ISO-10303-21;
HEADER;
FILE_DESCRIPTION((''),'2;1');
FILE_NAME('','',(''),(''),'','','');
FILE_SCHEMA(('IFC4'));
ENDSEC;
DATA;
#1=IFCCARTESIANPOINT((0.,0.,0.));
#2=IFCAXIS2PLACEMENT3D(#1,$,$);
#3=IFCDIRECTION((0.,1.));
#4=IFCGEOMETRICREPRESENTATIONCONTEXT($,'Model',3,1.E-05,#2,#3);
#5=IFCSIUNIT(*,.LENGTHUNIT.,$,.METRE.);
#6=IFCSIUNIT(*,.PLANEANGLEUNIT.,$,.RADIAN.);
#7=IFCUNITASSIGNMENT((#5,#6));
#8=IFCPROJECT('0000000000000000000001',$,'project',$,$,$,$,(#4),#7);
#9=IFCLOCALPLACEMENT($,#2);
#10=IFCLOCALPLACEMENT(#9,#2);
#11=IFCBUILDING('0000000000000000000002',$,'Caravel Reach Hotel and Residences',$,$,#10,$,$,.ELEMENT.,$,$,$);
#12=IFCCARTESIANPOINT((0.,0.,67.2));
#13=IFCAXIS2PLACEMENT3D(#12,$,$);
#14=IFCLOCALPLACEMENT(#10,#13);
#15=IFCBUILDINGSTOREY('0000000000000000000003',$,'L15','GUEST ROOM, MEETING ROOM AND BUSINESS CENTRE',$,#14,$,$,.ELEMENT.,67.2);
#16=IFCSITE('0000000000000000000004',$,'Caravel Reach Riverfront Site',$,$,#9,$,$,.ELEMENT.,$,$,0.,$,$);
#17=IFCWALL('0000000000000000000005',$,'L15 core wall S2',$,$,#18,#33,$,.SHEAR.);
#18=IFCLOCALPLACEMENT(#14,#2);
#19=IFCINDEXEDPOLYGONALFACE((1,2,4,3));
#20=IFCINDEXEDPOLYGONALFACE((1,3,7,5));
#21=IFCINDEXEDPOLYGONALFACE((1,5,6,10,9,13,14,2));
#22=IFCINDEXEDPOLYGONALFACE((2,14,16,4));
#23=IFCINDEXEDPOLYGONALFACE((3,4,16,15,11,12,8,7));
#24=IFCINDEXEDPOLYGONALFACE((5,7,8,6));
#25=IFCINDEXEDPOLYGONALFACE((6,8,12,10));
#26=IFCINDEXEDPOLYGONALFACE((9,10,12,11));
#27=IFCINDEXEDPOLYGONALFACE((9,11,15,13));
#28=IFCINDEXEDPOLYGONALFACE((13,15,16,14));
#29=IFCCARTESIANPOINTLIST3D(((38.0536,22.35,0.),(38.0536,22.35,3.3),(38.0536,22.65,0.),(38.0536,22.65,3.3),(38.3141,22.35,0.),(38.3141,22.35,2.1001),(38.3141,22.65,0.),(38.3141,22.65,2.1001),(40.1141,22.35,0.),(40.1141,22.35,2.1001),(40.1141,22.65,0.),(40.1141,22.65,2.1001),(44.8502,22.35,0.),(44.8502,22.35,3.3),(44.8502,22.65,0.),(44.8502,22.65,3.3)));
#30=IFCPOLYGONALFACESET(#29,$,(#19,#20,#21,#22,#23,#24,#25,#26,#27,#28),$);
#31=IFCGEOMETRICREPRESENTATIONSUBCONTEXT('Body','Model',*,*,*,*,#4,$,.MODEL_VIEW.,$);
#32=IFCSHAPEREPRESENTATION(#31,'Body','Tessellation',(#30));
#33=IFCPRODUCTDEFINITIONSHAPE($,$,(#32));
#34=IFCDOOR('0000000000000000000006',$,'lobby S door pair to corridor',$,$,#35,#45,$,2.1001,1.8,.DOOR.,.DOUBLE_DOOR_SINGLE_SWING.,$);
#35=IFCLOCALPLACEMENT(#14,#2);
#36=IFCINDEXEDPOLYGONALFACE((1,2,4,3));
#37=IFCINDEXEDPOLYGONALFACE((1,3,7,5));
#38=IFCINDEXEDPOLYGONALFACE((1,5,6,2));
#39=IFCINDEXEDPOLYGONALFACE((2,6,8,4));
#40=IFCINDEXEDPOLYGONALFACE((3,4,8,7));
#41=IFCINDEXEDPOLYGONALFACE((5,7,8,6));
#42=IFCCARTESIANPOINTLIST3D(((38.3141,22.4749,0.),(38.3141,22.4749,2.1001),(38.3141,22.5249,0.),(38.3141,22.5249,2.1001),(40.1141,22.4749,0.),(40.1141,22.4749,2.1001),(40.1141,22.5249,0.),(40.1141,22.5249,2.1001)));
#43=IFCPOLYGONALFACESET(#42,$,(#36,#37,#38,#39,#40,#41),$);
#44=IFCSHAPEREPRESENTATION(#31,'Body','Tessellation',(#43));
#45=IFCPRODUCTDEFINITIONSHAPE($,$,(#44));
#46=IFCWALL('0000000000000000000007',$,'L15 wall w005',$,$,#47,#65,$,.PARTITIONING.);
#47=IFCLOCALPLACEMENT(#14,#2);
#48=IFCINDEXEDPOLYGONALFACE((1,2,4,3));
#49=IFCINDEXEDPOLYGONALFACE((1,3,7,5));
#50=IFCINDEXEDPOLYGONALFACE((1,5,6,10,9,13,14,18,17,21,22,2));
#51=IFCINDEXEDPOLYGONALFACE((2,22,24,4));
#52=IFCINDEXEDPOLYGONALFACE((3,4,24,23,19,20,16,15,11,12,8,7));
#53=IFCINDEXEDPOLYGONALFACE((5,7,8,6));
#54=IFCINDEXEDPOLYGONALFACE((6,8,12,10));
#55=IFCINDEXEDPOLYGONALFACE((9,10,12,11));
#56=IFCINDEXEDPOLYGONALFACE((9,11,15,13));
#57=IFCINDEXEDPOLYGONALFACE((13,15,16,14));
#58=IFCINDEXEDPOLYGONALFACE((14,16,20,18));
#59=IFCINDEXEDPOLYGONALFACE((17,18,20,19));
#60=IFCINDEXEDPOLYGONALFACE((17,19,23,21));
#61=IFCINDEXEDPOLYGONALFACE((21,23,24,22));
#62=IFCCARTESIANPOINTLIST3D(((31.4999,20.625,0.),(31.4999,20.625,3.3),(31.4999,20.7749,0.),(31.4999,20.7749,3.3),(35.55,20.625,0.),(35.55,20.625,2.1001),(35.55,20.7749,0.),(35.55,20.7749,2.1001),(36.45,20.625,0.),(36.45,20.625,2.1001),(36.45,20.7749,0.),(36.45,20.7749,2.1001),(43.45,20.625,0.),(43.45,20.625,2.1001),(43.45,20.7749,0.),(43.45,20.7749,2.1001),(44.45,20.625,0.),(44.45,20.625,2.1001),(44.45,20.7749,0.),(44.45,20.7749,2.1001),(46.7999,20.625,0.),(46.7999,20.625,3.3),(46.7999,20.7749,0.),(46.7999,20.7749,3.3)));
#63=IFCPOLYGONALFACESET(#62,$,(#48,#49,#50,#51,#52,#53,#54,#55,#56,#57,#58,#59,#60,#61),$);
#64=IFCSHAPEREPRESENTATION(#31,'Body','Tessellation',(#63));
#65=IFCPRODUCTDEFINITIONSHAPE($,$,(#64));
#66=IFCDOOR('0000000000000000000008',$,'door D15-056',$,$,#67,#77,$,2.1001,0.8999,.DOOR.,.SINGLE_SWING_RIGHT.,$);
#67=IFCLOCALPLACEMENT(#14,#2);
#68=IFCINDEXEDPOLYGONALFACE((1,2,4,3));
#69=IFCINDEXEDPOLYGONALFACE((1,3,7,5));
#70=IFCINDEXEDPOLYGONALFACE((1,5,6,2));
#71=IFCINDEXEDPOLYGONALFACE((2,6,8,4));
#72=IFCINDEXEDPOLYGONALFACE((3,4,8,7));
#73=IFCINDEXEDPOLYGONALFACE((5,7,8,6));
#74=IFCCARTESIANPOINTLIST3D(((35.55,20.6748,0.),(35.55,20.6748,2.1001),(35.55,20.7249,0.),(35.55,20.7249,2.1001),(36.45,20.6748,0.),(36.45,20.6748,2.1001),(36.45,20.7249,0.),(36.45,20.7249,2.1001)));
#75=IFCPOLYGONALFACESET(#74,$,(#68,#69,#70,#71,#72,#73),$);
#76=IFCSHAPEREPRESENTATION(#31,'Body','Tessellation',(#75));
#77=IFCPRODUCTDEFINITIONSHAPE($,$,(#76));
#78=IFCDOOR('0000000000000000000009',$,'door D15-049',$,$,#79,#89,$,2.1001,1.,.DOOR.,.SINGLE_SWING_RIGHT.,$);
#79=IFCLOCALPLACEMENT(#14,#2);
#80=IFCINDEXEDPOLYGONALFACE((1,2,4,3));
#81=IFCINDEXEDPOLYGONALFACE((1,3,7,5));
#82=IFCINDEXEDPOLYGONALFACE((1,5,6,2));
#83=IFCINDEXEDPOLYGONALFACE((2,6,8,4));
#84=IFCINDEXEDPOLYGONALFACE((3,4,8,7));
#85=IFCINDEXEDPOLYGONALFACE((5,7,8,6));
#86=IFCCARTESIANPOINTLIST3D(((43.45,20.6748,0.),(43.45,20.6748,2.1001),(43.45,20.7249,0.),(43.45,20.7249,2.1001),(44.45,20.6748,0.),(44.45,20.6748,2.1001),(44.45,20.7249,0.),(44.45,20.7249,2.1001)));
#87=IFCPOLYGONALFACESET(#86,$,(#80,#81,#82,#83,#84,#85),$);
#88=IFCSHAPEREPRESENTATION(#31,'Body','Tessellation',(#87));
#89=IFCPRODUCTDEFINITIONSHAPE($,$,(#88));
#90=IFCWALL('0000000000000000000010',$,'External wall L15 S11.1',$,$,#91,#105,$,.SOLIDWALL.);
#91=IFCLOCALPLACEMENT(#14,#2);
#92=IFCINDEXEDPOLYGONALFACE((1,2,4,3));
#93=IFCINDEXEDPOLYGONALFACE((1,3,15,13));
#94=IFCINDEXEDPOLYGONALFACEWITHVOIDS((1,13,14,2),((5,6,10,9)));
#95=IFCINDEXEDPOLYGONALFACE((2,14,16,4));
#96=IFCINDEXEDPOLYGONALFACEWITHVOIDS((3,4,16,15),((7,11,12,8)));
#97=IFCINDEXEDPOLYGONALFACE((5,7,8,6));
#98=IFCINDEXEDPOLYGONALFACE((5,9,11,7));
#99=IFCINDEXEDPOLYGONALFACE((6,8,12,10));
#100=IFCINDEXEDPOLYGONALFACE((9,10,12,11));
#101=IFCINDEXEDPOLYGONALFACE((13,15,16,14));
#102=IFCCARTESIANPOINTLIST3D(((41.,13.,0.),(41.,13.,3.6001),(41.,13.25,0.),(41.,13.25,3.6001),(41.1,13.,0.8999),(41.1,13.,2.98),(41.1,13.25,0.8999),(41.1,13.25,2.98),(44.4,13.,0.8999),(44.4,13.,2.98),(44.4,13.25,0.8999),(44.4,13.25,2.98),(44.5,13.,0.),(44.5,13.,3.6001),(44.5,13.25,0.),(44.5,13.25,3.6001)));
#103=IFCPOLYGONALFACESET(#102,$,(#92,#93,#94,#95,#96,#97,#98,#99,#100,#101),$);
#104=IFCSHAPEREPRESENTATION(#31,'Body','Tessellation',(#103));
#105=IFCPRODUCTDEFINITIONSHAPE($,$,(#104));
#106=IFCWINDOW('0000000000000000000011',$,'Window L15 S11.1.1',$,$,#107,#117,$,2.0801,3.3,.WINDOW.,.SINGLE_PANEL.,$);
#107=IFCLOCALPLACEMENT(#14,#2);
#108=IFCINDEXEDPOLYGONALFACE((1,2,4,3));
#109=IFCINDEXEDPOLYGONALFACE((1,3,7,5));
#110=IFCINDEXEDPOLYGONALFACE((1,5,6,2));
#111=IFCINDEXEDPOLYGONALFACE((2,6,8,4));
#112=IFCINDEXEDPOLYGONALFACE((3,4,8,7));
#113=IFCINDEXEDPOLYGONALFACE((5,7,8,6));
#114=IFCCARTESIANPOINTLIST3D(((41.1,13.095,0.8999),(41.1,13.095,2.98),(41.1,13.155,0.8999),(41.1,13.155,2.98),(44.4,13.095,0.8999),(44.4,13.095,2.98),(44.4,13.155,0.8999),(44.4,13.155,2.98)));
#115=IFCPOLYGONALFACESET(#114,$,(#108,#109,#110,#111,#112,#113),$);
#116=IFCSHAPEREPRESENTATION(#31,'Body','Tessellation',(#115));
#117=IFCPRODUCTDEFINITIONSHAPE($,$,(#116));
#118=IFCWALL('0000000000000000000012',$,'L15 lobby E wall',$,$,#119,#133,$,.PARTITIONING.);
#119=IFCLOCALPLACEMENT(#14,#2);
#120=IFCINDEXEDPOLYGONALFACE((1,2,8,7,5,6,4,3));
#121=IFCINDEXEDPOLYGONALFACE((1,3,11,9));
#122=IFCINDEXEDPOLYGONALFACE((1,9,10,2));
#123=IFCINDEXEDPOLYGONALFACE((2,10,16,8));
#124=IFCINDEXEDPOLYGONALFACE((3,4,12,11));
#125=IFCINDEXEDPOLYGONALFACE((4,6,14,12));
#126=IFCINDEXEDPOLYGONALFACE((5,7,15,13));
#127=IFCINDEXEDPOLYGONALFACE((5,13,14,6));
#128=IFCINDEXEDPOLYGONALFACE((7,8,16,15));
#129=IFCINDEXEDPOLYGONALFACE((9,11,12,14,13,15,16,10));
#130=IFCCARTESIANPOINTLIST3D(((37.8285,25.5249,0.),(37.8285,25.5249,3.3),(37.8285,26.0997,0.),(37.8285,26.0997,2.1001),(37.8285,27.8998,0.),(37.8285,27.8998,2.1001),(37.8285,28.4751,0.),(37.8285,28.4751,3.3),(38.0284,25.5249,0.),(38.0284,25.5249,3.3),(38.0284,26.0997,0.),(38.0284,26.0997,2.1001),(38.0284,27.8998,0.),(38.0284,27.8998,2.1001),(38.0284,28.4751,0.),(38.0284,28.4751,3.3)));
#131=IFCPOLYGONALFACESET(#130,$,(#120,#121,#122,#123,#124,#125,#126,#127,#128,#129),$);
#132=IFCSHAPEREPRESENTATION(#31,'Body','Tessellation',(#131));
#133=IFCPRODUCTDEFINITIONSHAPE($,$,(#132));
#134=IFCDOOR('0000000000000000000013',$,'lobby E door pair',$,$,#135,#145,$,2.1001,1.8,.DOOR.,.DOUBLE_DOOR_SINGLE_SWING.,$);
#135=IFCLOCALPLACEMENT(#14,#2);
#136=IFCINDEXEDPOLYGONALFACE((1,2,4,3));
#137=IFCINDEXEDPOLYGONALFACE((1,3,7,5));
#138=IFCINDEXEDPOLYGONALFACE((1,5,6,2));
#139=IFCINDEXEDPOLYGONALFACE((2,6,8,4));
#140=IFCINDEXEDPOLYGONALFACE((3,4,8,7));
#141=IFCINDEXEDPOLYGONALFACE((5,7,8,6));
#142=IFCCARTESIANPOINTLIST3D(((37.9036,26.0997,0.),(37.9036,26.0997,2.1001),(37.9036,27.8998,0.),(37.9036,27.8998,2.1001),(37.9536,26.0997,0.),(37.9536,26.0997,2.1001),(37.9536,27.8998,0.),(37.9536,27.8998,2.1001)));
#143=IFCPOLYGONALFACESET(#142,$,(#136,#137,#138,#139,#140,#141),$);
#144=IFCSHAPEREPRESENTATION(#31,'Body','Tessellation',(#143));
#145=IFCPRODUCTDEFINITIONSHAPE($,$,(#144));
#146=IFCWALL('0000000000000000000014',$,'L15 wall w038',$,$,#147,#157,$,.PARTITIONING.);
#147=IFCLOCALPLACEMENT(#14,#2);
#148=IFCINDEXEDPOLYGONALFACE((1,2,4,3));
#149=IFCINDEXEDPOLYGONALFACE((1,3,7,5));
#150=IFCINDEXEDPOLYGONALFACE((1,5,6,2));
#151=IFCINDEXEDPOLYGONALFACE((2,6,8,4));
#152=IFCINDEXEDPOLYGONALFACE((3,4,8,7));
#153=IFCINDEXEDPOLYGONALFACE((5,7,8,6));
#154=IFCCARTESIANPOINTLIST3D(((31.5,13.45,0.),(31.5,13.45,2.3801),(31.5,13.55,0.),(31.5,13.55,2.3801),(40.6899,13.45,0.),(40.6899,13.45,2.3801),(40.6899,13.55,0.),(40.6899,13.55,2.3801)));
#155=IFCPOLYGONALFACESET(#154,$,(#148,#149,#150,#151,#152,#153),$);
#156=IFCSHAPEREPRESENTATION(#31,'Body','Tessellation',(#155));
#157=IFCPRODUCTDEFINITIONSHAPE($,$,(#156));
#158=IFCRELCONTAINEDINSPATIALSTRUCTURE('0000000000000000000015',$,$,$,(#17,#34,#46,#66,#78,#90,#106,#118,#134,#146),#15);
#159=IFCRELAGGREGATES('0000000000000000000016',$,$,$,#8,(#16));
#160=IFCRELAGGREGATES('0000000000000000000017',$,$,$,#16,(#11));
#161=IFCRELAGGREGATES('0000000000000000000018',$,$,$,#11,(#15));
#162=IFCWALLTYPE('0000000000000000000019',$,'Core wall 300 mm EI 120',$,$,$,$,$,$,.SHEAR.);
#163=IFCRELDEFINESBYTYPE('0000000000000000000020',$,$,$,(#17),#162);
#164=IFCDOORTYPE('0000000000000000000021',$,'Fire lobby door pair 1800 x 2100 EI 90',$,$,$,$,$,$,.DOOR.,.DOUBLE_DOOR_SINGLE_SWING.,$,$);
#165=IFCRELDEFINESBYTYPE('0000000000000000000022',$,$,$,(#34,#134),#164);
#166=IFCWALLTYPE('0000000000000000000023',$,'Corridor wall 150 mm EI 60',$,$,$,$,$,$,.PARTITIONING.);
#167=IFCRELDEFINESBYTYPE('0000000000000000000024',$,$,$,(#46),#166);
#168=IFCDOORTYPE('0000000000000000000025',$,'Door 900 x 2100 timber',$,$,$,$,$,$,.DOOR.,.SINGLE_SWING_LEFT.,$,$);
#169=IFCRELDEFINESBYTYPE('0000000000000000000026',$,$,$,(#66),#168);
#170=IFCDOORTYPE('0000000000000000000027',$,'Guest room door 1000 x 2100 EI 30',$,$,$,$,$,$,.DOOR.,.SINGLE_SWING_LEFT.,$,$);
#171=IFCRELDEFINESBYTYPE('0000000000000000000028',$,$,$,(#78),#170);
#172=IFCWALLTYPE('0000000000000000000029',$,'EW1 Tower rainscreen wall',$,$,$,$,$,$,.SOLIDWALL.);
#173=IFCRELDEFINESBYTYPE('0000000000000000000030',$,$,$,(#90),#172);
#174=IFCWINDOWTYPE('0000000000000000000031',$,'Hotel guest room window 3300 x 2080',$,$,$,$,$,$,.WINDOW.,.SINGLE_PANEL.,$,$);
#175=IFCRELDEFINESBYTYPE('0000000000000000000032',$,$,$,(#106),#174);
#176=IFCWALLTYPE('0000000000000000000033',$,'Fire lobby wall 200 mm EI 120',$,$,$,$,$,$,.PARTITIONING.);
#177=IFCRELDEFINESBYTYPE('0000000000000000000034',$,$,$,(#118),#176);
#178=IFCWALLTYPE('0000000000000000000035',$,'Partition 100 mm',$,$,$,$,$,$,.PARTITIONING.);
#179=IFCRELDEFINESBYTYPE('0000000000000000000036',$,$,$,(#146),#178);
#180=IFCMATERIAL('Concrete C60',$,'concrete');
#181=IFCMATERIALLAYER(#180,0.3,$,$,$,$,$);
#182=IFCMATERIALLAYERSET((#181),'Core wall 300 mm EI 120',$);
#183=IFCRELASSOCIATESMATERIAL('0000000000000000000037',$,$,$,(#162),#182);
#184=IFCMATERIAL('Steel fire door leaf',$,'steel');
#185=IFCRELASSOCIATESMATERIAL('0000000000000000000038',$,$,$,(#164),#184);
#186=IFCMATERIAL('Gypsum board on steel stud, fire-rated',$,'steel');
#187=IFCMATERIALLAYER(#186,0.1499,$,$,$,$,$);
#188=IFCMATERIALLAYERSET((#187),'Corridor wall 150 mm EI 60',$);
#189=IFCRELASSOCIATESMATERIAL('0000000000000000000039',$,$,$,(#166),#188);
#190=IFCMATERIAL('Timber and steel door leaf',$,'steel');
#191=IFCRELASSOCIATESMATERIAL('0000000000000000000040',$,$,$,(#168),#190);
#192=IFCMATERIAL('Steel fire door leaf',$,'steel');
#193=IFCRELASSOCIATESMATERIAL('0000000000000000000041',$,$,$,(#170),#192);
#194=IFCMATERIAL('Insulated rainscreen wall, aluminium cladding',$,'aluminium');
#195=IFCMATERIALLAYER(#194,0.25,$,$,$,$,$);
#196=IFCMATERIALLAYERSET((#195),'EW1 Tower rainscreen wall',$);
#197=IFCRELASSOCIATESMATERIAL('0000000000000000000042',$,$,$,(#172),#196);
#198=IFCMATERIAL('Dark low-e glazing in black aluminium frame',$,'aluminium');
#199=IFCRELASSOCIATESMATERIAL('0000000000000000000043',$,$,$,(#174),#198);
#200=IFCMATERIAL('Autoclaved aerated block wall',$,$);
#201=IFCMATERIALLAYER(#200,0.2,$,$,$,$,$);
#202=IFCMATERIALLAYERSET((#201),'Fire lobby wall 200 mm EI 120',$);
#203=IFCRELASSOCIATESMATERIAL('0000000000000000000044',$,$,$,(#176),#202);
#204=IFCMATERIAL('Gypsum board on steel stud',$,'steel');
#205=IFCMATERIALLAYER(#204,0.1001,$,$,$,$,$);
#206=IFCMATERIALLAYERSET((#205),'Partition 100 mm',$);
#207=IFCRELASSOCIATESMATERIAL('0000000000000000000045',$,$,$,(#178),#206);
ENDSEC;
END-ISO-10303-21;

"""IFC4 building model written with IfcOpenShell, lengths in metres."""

from ifc_helpers import new_model, si_unit, direction, frame, frame_2d, origin, place, context, subcontext, project, spatial, rectangle, extrude, material, layer, layer_set, type_object, element, fill, save


model = new_model("IFC4")

# Units and contexts
model_context = context("Model", 3, precision=1e-05, world=origin(), true_north=direction((0.0, 1.0)))
body_context = subcontext(model_context, "Body", "Model", "MODEL_VIEW")
ifc_project = project(units=[si_unit("LENGTHUNIT", "METRE"), si_unit("PLANEANGLEUNIT", "RADIAN")], contexts=[model_context])

# Site, building, storey
site_placement = place(None, origin())
site = spatial("IfcSite", under=ifc_project, at=site_placement, Name="Caravel Reach Riverfront Site", CompositionType="ELEMENT", RefElevation=0.0)
building_placement = place(site_placement, origin())
building = spatial("IfcBuilding", under=site, at=building_placement, Name="Caravel Reach Hotel and Residences", CompositionType="ELEMENT")
storey_placement = place(building_placement, frame((0.0, 0.0, 67.2)))
storey = spatial("IfcBuildingStorey", under=building, at=storey_placement, Name="L15", Description="GUEST ROOM, MEETING ROOM AND BUSINESS CENTRE", CompositionType="ELEMENT", Elevation=67.2)

# Wall, opening, door
ifc_material_1 = material(Name="Concrete C60", Category="concrete")
ifc_layer_1 = layer(ifc_material_1, 0.3)
ifc_layer_set_1 = layer_set([ifc_layer_1], Name="Core wall 300 mm EI 120")
wall_type_1 = type_object("IfcWallType", Name="Core wall 300 mm EI 120", PredefinedType="SHEAR", material=ifc_layer_set_1)
wall_1_placement = place(storey_placement, frame((38.0535, 22.5, 0.0), z_axis=(0.0, 0.0, 1.0), x_axis=(1.0, 0.0, 0.0)))
wall_1 = element("IfcWall", 1, at=wall_1_placement, inside=storey, type_object=wall_type_1, Name="L15 core wall S2", PredefinedType="SHEAR", context=body_context, shape_type="SweptSolid", body=[
    extrude(rectangle(XDim=6.7966, YDim=0.3, at=frame_2d((3.3984, 0.0))), origin(), (0.0, 0.0, 1.0), 3.3),
])
opening_1_placement = place(wall_1_placement, frame((0.2607, 0.0, 0.0)))
opening_1 = element("IfcOpeningElement", 2, at=opening_1_placement, cuts=wall_1, PredefinedType="OPENING", context=body_context, shape_type="SweptSolid", body=[
    extrude(rectangle(XDim=1.8, YDim=2.1001, at=frame_2d((0.8999, 1.05))), frame((0.0, 0.1599, 0.0), z_axis=(0.0, -1.0, 0.0), x_axis=(1.0, 0.0, 0.0)), (0.0, 0.0, 1.0), 0.3201),
])
ifc_material_2 = material(Name="Steel fire door leaf", Category="steel")
door_type_1 = type_object("IfcDoorType", Name="Fire lobby door pair 1800 x 2100 EI 90", OperationType="DOUBLE_DOOR_SINGLE_SWING", PredefinedType="DOOR", material=ifc_material_2)
door_1_placement = place(opening_1_placement, origin())
door_1 = element("IfcDoor", 3, at=door_1_placement, inside=storey, type_object=door_type_1, Name="lobby S door pair to corridor", OperationType="DOUBLE_DOOR_SINGLE_SWING", OverallHeight=2.1001, OverallWidth=1.8, PredefinedType="DOOR", context=body_context, shape_type="SweptSolid", body=[
    extrude(rectangle(XDim=1.8, YDim=2.1001, at=frame_2d((0.8999, 1.05))), frame((0.0, 0.0249, 0.0), z_axis=(0.0, -1.0, 0.0), x_axis=(1.0, 0.0, 0.0)), (0.0, 0.0, 1.0), 0.05),
])
fill(opening_1, door_1)

# Wall, openings, doors
ifc_material_3 = material(Name="Gypsum board on steel stud, fire-rated", Category="steel")
ifc_layer_2 = layer(ifc_material_3, 0.1499)
ifc_layer_set_2 = layer_set([ifc_layer_2], Name="Corridor wall 150 mm EI 60")
wall_type_2 = type_object("IfcWallType", Name="Corridor wall 150 mm EI 60", PredefinedType="PARTITIONING", material=ifc_layer_set_2)
wall_2_placement = place(storey_placement, frame((31.5, 20.7, 0.0), z_axis=(0.0, 0.0, 1.0), x_axis=(1.0, 0.0, 0.0)))
wall_2 = element("IfcWall", 4, at=wall_2_placement, inside=storey, type_object=wall_type_2, Name="L15 wall w005", PredefinedType="PARTITIONING", context=body_context, shape_type="SweptSolid", body=[
    extrude(rectangle(XDim=15.3, YDim=0.1499, at=frame_2d((7.6499, 0.0))), origin(), (0.0, 0.0, 1.0), 3.3),
])
opening_2_placement = place(wall_2_placement, frame((11.95, 0.0, 0.0)))
opening_2 = element("IfcOpeningElement", 5, at=opening_2_placement, cuts=wall_2, PredefinedType="OPENING", context=body_context, shape_type="SweptSolid", body=[
    extrude(rectangle(XDim=1.0, YDim=2.1001, at=frame_2d((0.5, 1.05))), frame((0.0, 0.085, 0.0), z_axis=(0.0, -1.0, 0.0), x_axis=(1.0, 0.0, 0.0)), (0.0, 0.0, 1.0), 0.1699),
])
opening_3_placement = place(wall_2_placement, frame((4.05, 0.0, 0.0)))
opening_3 = element("IfcOpeningElement", 6, at=opening_3_placement, cuts=wall_2, PredefinedType="OPENING", context=body_context, shape_type="SweptSolid", body=[
    extrude(rectangle(XDim=0.8999, YDim=2.1001, at=frame_2d((0.45, 1.05))), frame((0.0, 0.085, 0.0), z_axis=(0.0, -1.0, 0.0), x_axis=(1.0, 0.0, 0.0)), (0.0, 0.0, 1.0), 0.1699),
])
ifc_material_4 = material(Name="Timber and steel door leaf", Category="steel")
door_type_2 = type_object("IfcDoorType", Name="Door 900 x 2100 timber", OperationType="SINGLE_SWING_LEFT", PredefinedType="DOOR", material=ifc_material_4)
door_2_placement = place(opening_3_placement, origin())
door_2 = element("IfcDoor", 7, at=door_2_placement, inside=storey, type_object=door_type_2, Name="door D15-056", OperationType="SINGLE_SWING_RIGHT", OverallHeight=2.1001, OverallWidth=0.8999, PredefinedType="DOOR", context=body_context, shape_type="SweptSolid", body=[
    extrude(rectangle(XDim=0.8999, YDim=2.1001, at=frame_2d((0.45, 1.05))), frame((0.0, 0.0249, 0.0), z_axis=(0.0, -1.0, 0.0), x_axis=(1.0, 0.0, 0.0)), (0.0, 0.0, 1.0), 0.05),
])
fill(opening_3, door_2)
ifc_material_5 = material(Name="Steel fire door leaf", Category="steel")
door_type_3 = type_object("IfcDoorType", Name="Guest room door 1000 x 2100 EI 30", OperationType="SINGLE_SWING_LEFT", PredefinedType="DOOR", material=ifc_material_5)
door_3_placement = place(opening_2_placement, origin())
door_3 = element("IfcDoor", 8, at=door_3_placement, inside=storey, type_object=door_type_3, Name="door D15-049", OperationType="SINGLE_SWING_RIGHT", OverallHeight=2.1001, OverallWidth=1.0, PredefinedType="DOOR", context=body_context, shape_type="SweptSolid", body=[
    extrude(rectangle(XDim=1.0, YDim=2.1001, at=frame_2d((0.5, 1.05))), frame((0.0, 0.0249, 0.0), z_axis=(0.0, -1.0, 0.0), x_axis=(1.0, 0.0, 0.0)), (0.0, 0.0, 1.0), 0.05),
])
fill(opening_2, door_3)

# Wall, opening, window
ifc_material_6 = material(Name="Insulated rainscreen wall, aluminium cladding", Category="aluminium")
ifc_layer_3 = layer(ifc_material_6, 0.25)
ifc_layer_set_3 = layer_set([ifc_layer_3], Name="EW1 Tower rainscreen wall")
wall_type_3 = type_object("IfcWallType", Name="EW1 Tower rainscreen wall", PredefinedType="SOLIDWALL", material=ifc_layer_set_3)
wall_3_placement = place(storey_placement, frame((41.0, 13.125, 0.0), z_axis=(0.0, 0.0, 1.0), x_axis=(1.0, 0.0, 0.0)))
wall_3 = element("IfcWall", 9, at=wall_3_placement, inside=storey, type_object=wall_type_3, Name="External wall L15 S11.1", PredefinedType="SOLIDWALL", context=body_context, shape_type="SweptSolid", body=[
    extrude(rectangle(XDim=3.5, YDim=0.25, at=frame_2d((1.75, 0.0))), origin(), (0.0, 0.0, 1.0), 3.6001),
])
opening_4_placement = place(wall_3_placement, frame((0.1001, 0.0, 0.8999)))
opening_4 = element("IfcOpeningElement", 10, at=opening_4_placement, cuts=wall_3, PredefinedType="OPENING", context=body_context, shape_type="SweptSolid", body=[
    extrude(rectangle(XDim=3.3, YDim=2.0801, at=frame_2d((1.6499, 1.04))), frame((0.0, 0.135, 0.0), z_axis=(0.0, -1.0, 0.0), x_axis=(1.0, 0.0, 0.0)), (0.0, 0.0, 1.0), 0.27),
])
ifc_material_7 = material(Name="Dark low-e glazing in black aluminium frame", Category="aluminium")
window_type = type_object("IfcWindowType", Name="Hotel guest room window 3300 x 2080", PartitioningType="SINGLE_PANEL", PredefinedType="WINDOW", material=ifc_material_7)
window_placement = place(opening_4_placement, origin())
window = element("IfcWindow", 11, at=window_placement, inside=storey, type_object=window_type, Name="Window L15 S11.1.1", OverallHeight=2.0801, OverallWidth=3.3, PartitioningType="SINGLE_PANEL", PredefinedType="WINDOW", context=body_context, shape_type="SweptSolid", body=[
    extrude(rectangle(XDim=3.3, YDim=2.0801, at=frame_2d((1.6499, 1.04))), frame((0.0, 0.03, 0.0), z_axis=(0.0, -1.0, 0.0), x_axis=(1.0, 0.0, 0.0)), (0.0, 0.0, 1.0), 0.0601),
])
fill(opening_4, window)

# Wall, opening, door
ifc_material_8 = material(Name="Autoclaved aerated block wall")
ifc_layer_4 = layer(ifc_material_8, 0.2)
ifc_layer_set_4 = layer_set([ifc_layer_4], Name="Fire lobby wall 200 mm EI 120")
wall_type_4 = type_object("IfcWallType", Name="Fire lobby wall 200 mm EI 120", PredefinedType="PARTITIONING", material=ifc_layer_set_4)
wall_4_placement = place(storey_placement, frame((37.9285, 25.5249, 0.0), z_axis=(0.0, 0.0, 1.0), x_axis=(0.0, 1.0, 0.0)))
wall_4 = element("IfcWall", 12, at=wall_4_placement, inside=storey, type_object=wall_type_4, Name="L15 lobby E wall", PredefinedType="PARTITIONING", context=body_context, shape_type="SweptSolid", body=[
    extrude(rectangle(XDim=2.9502, YDim=0.2, at=frame_2d((1.4751, 0.0))), origin(), (0.0, 0.0, 1.0), 3.3),
])
opening_5_placement = place(wall_4_placement, frame((0.575, 0.0, 0.0)))
opening_5 = element("IfcOpeningElement", 13, at=opening_5_placement, cuts=wall_4, PredefinedType="OPENING", context=body_context, shape_type="SweptSolid", body=[
    extrude(rectangle(XDim=1.8, YDim=2.1001, at=frame_2d((0.8999, 1.05))), frame((0.0, 0.1099, 0.0), z_axis=(0.0, -1.0, 0.0), x_axis=(1.0, 0.0, 0.0)), (0.0, 0.0, 1.0), 0.22),
])
door_4_placement = place(opening_5_placement, origin())
door_4 = element("IfcDoor", 14, at=door_4_placement, inside=storey, type_object=door_type_1, Name="lobby E door pair", OperationType="DOUBLE_DOOR_SINGLE_SWING", OverallHeight=2.1001, OverallWidth=1.8, PredefinedType="DOOR", context=body_context, shape_type="SweptSolid", body=[
    extrude(rectangle(XDim=1.8, YDim=2.1001, at=frame_2d((0.8999, 1.05))), frame((0.0, 0.0249, 0.0), z_axis=(0.0, -1.0, 0.0), x_axis=(1.0, 0.0, 0.0)), (0.0, 0.0, 1.0), 0.05),
])
fill(opening_5, door_4)

# Wall
ifc_material_9 = material(Name="Gypsum board on steel stud", Category="steel")
ifc_layer_5 = layer(ifc_material_9, 0.1001)
ifc_layer_set_5 = layer_set([ifc_layer_5], Name="Partition 100 mm")
wall_type_5 = type_object("IfcWallType", Name="Partition 100 mm", PredefinedType="PARTITIONING", material=ifc_layer_set_5)
wall_5_placement = place(storey_placement, frame((31.5, 13.5, 0.0), z_axis=(0.0, 0.0, 1.0), x_axis=(1.0, 0.0, 0.0)))
element("IfcWall", 15, at=wall_5_placement, inside=storey, type_object=wall_type_5, Name="L15 wall w038", PredefinedType="PARTITIONING", context=body_context, shape_type="SweptSolid", body=[
    extrude(rectangle(XDim=9.1899, YDim=0.1001, at=frame_2d((4.595, 0.0))), origin(), (0.0, 0.0, 1.0), 2.3801),
])

save(model, "model.ifc")
